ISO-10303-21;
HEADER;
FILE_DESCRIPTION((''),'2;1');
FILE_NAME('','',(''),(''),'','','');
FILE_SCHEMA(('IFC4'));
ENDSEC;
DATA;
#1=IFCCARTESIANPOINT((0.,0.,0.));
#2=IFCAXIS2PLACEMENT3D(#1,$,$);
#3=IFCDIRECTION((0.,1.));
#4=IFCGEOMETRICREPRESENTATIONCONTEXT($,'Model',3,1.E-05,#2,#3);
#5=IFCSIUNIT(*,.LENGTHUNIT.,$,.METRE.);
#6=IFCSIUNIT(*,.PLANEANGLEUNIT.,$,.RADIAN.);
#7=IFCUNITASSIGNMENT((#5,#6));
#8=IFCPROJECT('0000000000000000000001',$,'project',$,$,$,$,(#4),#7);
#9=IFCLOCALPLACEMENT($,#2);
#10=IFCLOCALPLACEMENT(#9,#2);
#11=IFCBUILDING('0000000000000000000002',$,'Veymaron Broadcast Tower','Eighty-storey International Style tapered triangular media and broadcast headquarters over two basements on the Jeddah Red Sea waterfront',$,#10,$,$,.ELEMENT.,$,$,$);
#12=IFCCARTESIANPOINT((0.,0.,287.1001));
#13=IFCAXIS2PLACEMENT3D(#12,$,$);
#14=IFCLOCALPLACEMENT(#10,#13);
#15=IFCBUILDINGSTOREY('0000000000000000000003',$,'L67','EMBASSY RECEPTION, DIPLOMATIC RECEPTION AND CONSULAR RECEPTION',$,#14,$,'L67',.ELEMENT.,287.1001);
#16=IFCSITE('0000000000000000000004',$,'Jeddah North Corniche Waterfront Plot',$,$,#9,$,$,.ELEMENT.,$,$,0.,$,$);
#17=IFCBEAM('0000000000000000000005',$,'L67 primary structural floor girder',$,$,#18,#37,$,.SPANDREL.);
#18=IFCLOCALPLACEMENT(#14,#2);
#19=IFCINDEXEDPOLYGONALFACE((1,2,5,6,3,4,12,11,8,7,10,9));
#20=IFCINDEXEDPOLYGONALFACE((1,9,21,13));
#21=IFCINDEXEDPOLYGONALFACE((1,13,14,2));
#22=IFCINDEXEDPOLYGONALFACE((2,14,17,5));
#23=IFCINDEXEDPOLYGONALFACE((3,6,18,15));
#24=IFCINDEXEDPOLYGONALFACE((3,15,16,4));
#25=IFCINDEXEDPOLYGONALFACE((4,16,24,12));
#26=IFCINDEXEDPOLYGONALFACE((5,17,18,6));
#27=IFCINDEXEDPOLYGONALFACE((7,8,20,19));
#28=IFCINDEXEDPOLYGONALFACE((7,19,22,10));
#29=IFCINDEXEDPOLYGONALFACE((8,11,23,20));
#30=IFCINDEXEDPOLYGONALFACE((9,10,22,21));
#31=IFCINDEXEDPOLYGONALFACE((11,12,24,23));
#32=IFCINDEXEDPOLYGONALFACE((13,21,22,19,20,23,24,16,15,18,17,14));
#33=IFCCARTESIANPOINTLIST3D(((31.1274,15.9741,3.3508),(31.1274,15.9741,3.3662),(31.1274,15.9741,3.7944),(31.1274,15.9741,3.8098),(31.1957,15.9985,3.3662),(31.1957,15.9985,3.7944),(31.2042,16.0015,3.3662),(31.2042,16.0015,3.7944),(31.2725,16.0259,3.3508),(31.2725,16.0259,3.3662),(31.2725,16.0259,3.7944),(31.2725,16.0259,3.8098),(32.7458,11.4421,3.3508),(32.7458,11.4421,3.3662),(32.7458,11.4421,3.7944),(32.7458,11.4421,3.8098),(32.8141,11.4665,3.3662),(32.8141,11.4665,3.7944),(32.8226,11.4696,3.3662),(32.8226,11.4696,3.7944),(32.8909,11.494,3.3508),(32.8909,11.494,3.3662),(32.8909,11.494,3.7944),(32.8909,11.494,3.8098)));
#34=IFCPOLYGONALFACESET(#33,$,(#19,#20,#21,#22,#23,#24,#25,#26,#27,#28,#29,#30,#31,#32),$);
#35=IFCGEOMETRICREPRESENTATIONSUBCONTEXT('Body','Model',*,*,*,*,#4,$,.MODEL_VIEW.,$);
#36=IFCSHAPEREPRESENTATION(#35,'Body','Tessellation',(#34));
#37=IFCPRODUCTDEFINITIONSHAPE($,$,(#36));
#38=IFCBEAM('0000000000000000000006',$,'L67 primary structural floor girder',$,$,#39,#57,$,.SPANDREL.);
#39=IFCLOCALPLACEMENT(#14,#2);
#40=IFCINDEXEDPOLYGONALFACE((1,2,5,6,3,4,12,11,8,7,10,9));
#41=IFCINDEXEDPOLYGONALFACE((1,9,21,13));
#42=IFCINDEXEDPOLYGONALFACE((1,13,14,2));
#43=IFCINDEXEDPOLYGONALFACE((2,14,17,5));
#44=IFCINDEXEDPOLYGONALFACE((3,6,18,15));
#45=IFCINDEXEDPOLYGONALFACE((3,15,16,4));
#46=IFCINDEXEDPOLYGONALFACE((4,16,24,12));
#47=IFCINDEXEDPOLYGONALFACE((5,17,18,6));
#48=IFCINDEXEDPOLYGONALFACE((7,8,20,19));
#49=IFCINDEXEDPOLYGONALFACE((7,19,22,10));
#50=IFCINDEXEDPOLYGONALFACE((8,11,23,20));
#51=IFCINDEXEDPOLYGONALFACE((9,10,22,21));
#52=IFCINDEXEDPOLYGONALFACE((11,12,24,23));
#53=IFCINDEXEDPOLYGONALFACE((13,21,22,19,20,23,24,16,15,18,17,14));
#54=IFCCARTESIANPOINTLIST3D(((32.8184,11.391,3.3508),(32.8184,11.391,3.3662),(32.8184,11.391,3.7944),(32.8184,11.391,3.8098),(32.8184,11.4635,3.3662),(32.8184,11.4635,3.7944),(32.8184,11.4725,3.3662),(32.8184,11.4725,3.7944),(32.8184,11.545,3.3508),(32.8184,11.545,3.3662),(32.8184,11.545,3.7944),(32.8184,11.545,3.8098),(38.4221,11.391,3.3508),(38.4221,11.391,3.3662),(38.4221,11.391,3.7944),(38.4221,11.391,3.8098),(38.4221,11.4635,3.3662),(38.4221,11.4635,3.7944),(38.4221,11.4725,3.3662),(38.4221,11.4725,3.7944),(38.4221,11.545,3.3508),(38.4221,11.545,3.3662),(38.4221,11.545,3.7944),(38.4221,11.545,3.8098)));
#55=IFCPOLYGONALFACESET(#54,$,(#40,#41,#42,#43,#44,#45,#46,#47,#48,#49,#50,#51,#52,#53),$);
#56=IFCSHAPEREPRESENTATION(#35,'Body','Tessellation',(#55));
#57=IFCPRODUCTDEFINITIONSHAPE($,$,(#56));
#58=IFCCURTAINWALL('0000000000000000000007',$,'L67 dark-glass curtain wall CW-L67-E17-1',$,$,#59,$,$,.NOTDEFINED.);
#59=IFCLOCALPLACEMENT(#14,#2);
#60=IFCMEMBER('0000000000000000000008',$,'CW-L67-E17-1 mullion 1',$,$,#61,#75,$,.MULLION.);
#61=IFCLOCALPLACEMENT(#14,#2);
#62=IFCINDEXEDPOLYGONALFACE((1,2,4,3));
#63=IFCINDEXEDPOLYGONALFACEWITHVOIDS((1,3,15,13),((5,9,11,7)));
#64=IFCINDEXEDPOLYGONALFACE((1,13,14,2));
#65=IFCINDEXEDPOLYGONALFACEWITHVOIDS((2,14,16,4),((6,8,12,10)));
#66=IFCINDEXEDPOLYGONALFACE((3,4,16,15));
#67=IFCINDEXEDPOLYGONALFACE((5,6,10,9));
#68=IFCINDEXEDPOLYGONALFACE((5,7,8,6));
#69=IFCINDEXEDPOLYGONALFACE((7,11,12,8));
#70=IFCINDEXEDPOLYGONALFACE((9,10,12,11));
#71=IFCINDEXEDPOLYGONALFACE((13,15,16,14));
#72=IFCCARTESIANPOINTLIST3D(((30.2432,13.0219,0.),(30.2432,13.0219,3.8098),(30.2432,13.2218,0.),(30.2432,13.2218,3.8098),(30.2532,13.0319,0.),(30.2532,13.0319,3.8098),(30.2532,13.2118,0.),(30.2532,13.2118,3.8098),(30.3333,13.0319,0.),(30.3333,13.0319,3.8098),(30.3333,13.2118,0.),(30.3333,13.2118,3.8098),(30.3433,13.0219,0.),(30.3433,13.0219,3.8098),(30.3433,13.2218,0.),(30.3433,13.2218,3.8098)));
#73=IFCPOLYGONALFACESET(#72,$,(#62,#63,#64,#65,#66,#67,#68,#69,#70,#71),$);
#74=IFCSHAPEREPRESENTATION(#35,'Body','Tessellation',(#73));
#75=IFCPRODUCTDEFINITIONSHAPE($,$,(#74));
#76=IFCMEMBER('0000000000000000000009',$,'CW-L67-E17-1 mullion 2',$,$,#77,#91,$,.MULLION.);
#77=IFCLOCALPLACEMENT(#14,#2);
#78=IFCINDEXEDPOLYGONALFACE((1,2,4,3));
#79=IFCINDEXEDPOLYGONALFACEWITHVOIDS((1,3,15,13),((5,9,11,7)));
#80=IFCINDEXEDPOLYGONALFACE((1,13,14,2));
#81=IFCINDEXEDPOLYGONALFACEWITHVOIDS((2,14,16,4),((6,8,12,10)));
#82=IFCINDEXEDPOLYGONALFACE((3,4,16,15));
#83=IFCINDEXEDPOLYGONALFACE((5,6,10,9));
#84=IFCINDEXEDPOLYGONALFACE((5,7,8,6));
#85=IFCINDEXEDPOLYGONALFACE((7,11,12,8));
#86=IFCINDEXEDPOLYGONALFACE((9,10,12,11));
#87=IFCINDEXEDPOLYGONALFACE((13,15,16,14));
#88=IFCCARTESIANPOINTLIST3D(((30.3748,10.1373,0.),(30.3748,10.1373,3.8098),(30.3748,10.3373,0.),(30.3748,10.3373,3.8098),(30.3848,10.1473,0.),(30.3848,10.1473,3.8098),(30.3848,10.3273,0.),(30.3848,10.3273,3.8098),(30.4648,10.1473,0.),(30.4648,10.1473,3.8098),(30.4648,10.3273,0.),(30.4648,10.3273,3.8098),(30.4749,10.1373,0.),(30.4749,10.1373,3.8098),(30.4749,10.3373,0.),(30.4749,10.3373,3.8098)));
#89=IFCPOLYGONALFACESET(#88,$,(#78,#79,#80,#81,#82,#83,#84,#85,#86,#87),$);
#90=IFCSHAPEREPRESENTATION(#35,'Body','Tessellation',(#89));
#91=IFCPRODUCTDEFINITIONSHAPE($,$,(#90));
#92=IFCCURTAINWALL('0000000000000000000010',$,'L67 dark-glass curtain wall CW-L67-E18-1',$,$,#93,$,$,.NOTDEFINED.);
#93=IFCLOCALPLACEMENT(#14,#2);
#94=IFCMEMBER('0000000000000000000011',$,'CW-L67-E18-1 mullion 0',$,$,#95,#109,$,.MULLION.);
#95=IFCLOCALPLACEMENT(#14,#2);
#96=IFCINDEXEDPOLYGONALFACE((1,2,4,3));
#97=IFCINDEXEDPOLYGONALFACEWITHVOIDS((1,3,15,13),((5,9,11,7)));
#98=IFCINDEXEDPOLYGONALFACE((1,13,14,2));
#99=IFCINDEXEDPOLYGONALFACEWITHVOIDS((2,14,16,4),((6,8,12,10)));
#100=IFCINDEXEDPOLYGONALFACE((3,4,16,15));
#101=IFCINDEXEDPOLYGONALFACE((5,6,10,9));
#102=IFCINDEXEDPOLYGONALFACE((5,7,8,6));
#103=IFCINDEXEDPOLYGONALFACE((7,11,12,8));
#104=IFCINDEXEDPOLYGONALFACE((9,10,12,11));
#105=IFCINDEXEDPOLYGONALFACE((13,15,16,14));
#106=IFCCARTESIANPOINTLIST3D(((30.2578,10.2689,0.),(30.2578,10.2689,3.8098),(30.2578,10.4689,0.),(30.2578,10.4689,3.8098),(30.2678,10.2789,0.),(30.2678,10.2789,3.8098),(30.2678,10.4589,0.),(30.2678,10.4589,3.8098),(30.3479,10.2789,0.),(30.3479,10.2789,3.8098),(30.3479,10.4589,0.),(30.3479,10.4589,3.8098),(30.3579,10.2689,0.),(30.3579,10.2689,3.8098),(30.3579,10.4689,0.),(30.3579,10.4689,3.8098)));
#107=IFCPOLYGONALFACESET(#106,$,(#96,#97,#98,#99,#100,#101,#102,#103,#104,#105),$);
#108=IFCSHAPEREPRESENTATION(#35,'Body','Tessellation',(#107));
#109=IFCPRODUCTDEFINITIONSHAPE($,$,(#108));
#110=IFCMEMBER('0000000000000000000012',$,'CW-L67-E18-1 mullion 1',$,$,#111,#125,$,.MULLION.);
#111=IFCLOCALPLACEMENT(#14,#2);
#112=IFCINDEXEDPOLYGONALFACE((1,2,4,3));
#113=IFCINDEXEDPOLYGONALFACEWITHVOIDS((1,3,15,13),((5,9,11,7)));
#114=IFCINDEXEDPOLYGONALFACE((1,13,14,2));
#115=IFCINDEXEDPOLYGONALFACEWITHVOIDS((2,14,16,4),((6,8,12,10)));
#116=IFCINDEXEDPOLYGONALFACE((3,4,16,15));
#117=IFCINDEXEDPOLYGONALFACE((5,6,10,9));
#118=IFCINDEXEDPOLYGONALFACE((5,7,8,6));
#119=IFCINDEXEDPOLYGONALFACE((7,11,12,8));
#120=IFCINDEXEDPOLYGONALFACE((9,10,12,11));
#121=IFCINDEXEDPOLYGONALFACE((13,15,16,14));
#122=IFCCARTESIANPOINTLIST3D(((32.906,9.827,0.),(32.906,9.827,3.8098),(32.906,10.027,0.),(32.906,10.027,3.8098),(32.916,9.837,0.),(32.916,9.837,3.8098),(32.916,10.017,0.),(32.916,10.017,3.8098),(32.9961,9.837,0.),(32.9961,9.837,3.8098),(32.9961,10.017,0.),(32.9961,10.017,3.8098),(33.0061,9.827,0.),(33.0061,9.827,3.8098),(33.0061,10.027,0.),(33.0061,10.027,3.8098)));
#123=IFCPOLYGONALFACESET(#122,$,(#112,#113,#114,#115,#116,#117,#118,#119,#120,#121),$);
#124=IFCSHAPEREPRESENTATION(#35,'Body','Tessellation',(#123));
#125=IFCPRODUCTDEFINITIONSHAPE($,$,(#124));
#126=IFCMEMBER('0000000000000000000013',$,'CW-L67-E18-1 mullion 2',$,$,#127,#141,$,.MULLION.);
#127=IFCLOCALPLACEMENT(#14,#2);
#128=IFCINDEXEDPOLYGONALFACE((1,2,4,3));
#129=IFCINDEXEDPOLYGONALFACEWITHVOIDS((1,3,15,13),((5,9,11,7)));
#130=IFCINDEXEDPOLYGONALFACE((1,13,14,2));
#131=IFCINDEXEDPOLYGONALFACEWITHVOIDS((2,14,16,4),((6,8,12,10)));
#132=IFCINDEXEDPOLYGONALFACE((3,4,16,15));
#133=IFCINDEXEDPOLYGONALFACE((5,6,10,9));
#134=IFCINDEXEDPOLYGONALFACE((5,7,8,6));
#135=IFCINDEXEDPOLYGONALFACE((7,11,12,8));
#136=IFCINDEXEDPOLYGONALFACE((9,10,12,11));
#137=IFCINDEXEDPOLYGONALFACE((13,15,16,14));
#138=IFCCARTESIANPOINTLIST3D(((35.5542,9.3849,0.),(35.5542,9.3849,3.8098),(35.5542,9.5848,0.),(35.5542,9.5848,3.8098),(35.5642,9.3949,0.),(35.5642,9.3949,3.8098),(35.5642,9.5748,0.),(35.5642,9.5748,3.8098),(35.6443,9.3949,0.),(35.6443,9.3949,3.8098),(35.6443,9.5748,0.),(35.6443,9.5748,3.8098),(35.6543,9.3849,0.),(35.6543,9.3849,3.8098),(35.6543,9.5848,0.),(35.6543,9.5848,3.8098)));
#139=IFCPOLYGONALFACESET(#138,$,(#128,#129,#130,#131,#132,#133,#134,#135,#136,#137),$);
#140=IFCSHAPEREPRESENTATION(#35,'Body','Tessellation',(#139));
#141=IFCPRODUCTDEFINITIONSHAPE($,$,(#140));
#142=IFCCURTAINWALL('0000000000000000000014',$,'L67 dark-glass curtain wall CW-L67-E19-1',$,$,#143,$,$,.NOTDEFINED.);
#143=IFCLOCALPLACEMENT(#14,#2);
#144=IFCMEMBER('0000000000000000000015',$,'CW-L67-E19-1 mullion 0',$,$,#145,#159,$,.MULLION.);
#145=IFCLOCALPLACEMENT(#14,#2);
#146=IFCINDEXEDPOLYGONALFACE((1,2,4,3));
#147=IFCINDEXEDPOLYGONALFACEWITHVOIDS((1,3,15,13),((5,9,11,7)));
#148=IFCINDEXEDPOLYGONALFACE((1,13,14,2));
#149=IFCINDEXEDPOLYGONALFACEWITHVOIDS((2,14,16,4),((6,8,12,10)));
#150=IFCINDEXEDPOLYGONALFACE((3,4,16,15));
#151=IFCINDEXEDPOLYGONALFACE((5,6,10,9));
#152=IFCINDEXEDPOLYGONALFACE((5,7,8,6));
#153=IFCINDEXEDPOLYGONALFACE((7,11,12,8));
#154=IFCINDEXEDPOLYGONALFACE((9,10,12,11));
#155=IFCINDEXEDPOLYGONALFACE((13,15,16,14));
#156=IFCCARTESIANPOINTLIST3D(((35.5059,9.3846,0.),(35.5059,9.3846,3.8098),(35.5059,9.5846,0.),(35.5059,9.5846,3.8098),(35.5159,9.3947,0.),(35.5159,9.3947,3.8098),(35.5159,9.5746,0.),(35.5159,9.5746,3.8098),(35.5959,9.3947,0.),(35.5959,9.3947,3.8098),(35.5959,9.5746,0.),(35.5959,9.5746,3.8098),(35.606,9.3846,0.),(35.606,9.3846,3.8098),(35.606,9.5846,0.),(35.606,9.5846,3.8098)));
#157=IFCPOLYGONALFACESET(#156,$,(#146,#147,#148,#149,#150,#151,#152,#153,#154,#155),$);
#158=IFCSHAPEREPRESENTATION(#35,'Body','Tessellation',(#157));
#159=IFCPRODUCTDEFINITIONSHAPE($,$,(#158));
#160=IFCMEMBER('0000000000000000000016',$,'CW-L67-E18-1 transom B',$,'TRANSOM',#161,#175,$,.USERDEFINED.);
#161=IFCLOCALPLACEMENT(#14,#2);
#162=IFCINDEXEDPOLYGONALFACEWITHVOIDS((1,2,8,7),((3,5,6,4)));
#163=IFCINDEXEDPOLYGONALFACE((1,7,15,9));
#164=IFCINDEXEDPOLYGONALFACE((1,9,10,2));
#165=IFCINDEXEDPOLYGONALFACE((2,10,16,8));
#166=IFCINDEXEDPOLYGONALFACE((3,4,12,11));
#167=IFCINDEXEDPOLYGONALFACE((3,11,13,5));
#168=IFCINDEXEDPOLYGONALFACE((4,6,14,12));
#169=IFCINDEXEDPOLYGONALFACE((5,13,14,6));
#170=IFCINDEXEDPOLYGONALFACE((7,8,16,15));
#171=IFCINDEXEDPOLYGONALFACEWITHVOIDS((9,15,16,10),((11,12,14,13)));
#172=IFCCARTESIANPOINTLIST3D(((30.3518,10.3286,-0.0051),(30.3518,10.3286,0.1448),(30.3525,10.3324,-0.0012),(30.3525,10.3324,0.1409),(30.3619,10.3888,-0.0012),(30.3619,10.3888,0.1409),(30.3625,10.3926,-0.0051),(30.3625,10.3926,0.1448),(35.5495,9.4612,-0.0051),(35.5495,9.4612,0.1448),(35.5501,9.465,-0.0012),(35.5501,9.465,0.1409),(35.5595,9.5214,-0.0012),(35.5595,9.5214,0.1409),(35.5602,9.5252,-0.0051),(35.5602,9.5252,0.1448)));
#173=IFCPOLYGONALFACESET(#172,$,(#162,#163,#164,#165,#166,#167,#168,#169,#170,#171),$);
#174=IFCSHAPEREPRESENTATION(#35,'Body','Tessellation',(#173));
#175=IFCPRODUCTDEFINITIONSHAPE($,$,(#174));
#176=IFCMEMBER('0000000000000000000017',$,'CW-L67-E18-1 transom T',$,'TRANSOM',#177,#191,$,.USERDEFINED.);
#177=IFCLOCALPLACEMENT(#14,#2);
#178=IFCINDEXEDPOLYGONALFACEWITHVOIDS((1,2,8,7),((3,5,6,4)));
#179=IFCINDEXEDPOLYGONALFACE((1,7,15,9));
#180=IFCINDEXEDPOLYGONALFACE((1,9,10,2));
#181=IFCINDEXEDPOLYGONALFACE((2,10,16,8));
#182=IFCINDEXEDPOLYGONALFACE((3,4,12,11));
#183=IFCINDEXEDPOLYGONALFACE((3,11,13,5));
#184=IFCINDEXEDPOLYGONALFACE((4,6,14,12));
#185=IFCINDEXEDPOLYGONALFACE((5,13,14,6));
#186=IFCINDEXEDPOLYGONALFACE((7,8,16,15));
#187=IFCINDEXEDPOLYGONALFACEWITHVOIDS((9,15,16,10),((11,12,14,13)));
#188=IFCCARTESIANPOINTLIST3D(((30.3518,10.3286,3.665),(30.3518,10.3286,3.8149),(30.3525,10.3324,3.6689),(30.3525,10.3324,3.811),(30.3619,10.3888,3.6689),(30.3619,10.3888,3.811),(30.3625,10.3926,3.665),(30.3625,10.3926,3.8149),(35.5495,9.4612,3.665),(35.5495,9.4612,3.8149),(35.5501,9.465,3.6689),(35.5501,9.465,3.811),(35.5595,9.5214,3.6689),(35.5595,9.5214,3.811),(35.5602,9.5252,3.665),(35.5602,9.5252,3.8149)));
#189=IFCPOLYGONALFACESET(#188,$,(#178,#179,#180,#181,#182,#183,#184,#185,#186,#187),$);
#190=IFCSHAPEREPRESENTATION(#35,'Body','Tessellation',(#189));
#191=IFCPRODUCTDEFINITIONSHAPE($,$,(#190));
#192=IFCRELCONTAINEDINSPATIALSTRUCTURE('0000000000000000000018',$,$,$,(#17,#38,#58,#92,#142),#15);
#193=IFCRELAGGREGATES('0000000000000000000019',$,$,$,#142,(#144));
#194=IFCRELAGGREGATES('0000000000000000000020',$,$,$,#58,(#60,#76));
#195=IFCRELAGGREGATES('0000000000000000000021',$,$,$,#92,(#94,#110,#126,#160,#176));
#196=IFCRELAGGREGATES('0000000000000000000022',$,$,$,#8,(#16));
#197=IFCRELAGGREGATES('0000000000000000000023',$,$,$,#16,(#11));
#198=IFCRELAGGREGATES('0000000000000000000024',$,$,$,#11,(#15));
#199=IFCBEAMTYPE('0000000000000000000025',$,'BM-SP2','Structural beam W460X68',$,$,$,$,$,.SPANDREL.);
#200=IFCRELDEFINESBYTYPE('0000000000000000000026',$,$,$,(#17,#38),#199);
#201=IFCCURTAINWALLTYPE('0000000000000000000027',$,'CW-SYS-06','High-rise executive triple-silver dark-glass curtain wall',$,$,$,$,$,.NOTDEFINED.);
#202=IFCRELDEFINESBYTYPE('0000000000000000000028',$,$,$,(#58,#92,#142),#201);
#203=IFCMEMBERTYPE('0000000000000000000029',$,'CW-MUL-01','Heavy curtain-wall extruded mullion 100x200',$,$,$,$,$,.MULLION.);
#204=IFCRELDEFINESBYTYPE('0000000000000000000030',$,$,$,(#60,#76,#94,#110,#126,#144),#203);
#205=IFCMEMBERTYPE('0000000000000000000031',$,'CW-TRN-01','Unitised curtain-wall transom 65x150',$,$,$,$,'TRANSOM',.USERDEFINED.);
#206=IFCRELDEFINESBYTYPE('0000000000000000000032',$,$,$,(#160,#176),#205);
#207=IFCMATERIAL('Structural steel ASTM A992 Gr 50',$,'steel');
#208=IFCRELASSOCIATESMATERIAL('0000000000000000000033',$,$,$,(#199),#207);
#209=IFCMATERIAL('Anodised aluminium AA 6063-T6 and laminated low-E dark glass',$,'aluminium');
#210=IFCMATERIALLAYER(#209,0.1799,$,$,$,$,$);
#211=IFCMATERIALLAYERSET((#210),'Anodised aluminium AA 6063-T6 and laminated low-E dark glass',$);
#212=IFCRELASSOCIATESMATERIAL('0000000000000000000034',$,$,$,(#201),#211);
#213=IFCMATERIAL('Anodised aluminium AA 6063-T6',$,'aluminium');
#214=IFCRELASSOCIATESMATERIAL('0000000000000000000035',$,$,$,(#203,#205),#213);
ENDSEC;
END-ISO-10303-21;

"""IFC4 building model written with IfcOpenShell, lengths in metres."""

from ifc_helpers import new_model, si_unit, direction, frame, origin, origin_2d, place, context, subcontext, project, spatial, hollow_rectangle, i_section, extrude, material, layer, layer_set, material_profile, profile_set, type_object, element, aggregate, save


model = new_model("IFC4")

# Units and contexts
model_context = context("Model", 3, precision=1e-05, world=origin(), true_north=direction((0.0, 1.0)))
body_context = subcontext(model_context, "Body", "Model", "MODEL_VIEW")
ifc_project = project(units=[si_unit("LENGTHUNIT", "METRE"), si_unit("PLANEANGLEUNIT", "RADIAN")], contexts=[model_context])

# Site, building, storey
site_placement = place(None, origin())
site = spatial("IfcSite", under=ifc_project, at=site_placement, Name="Jeddah North Corniche Waterfront Plot", CompositionType="ELEMENT", RefElevation=0.0)
building_placement = place(site_placement, origin())
building = spatial("IfcBuilding", under=site, at=building_placement, Name="Veymaron Broadcast Tower", Description="Eighty-storey International Style tapered triangular media and broadcast headquarters over two basements on the Jeddah Red Sea waterfront", CompositionType="ELEMENT")
storey_placement = place(building_placement, frame((0.0, 0.0, 287.1001)))
storey = spatial("IfcBuildingStorey", under=building, at=storey_placement, Name="L67", Description="EMBASSY RECEPTION, DIPLOMATIC RECEPTION AND CONSULAR RECEPTION", LongName="L67", CompositionType="ELEMENT", Elevation=287.1001)

# Shared definitions
ifc_material_1 = material(Name="Structural steel ASTM A992 Gr 50", Category="steel")

# Beams
ifc_material_profile_1 = material_profile(ifc_material_1, i_section(OverallWidth=0.1541, OverallDepth=0.459, WebThickness=0.009, FlangeThickness=0.0154, at=origin_2d()), Name="W460X68")
ifc_profile_set_1 = profile_set([ifc_material_profile_1], Name="Structural steel ASTM A992 Gr 50")
beam_type_1 = type_object("IfcBeamType", Name="BM-SP2", Description="Structural beam W460X68", PredefinedType="SPANDREL", material=ifc_profile_set_1)
beam_1_placement = place(storey_placement, frame((31.2, 16.0, 3.5803), z_axis=(0.336307, -0.941752, 0.0), x_axis=(0.941752, 0.336307, 0.0)))
element("IfcBeam", 1, at=beam_1_placement, inside=storey, type_object=beam_type_1, Name="L67 primary structural floor girder", PredefinedType="SPANDREL", context=body_context, shape_type="SweptSolid", body=[
    extrude(i_section(OverallWidth=0.1541, OverallDepth=0.459, WebThickness=0.009, FlangeThickness=0.0154, at=origin_2d()), origin(), (0.0, 0.0, 1.0), 4.8123),
])
beam_2_placement = place(storey_placement, frame((32.8184, 11.468, 3.5803), z_axis=(1.0, 0.0, 0.0), x_axis=(0.0, 1.0, 0.0)))
element("IfcBeam", 2, at=beam_2_placement, inside=storey, type_object=beam_type_1, Name="L67 primary structural floor girder", PredefinedType="SPANDREL", context=body_context, shape_type="SweptSolid", body=[
    extrude(i_section(OverallWidth=0.1541, OverallDepth=0.459, WebThickness=0.009, FlangeThickness=0.0154, at=origin_2d()), origin(), (0.0, 0.0, 1.0), 5.6038),
])

# Curtain walls, members
ifc_material_2 = material(Name="Anodised aluminium AA 6063-T6 and laminated low-E dark glass", Category="aluminium")
ifc_layer_1 = layer(ifc_material_2, 0.1799)
ifc_layer_set_1 = layer_set([ifc_layer_1], Name="Anodised aluminium AA 6063-T6 and laminated low-E dark glass")
curtain_wall_type = type_object("IfcCurtainWallType", Name="CW-SYS-06", Description="High-rise executive triple-silver dark-glass curtain wall", PredefinedType="NOTDEFINED", material=ifc_layer_set_1)
curtain_wall_1_placement = place(storey_placement, origin())
curtain_wall_1 = element("IfcCurtainWall", 3, at=curtain_wall_1_placement, inside=storey, type_object=curtain_wall_type, Name="L67 dark-glass curtain wall CW-L67-E17-1", PredefinedType="NOTDEFINED")
ifc_material_3 = material(Name="Anodised aluminium AA 6063-T6", Category="aluminium")
ifc_material_profile_2 = material_profile(ifc_material_3, hollow_rectangle(XDim=0.1001, YDim=0.2, WallThickness=0.01, at=origin_2d()), Name="RHS200X100X10")
ifc_profile_set_2 = profile_set([ifc_material_profile_2], Name="Anodised aluminium AA 6063-T6")
member_type_1 = type_object("IfcMemberType", Name="CW-MUL-01", Description="Heavy curtain-wall extruded mullion 100x200", PredefinedType="MULLION", material=ifc_profile_set_2)
member_1_placement = place(storey_placement, frame((30.2932, 13.1218, 0.0), z_axis=(0.0, 0.0, 1.0), x_axis=(1.0, 0.0, 0.0)))
member_1 = element("IfcMember", 4, at=member_1_placement, type_object=member_type_1, Name="CW-L67-E17-1 mullion 1", PredefinedType="MULLION", context=body_context, shape_type="SweptSolid", body=[
    extrude(hollow_rectangle(XDim=0.1001, YDim=0.2, WallThickness=0.01, at=origin_2d()), origin(), (0.0, 0.0, 1.0), 3.8098),
])
member_2_placement = place(storey_placement, frame((30.4248, 10.2373, 0.0), z_axis=(0.0, 0.0, 1.0), x_axis=(1.0, 0.0, 0.0)))
member_2 = element("IfcMember", 5, at=member_2_placement, type_object=member_type_1, Name="CW-L67-E17-1 mullion 2", PredefinedType="MULLION", context=body_context, shape_type="SweptSolid", body=[
    extrude(hollow_rectangle(XDim=0.1001, YDim=0.2, WallThickness=0.01, at=origin_2d()), origin(), (0.0, 0.0, 1.0), 3.8098),
])
curtain_wall_2_placement = place(storey_placement, origin())
curtain_wall_2 = element("IfcCurtainWall", 6, at=curtain_wall_2_placement, inside=storey, type_object=curtain_wall_type, Name="L67 dark-glass curtain wall CW-L67-E18-1", PredefinedType="NOTDEFINED")
member_3_placement = place(storey_placement, frame((30.3079, 10.3689, 0.0), z_axis=(0.0, 0.0, 1.0), x_axis=(1.0, 0.0, 0.0)))
member_3 = element("IfcMember", 7, at=member_3_placement, type_object=member_type_1, Name="CW-L67-E18-1 mullion 0", PredefinedType="MULLION", context=body_context, shape_type="SweptSolid", body=[
    extrude(hollow_rectangle(XDim=0.1001, YDim=0.2, WallThickness=0.01, at=origin_2d()), origin(), (0.0, 0.0, 1.0), 3.8098),
])
member_4_placement = place(storey_placement, frame((32.9561, 9.927, 0.0), z_axis=(0.0, 0.0, 1.0), x_axis=(1.0, 0.0, 0.0)))
member_4 = element("IfcMember", 8, at=member_4_placement, type_object=member_type_1, Name="CW-L67-E18-1 mullion 1", PredefinedType="MULLION", context=body_context, shape_type="SweptSolid", body=[
    extrude(hollow_rectangle(XDim=0.1001, YDim=0.2, WallThickness=0.01, at=origin_2d()), origin(), (0.0, 0.0, 1.0), 3.8098),
])
member_5_placement = place(storey_placement, frame((35.6042, 9.4849, 0.0), z_axis=(0.0, 0.0, 1.0), x_axis=(1.0, 0.0, 0.0)))
member_5 = element("IfcMember", 9, at=member_5_placement, type_object=member_type_1, Name="CW-L67-E18-1 mullion 2", PredefinedType="MULLION", context=body_context, shape_type="SweptSolid", body=[
    extrude(hollow_rectangle(XDim=0.1001, YDim=0.2, WallThickness=0.01, at=origin_2d()), origin(), (0.0, 0.0, 1.0), 3.8098),
])

# Curtain wall, member
curtain_wall_3_placement = place(storey_placement, origin())
curtain_wall_3 = element("IfcCurtainWall", 10, at=curtain_wall_3_placement, inside=storey, type_object=curtain_wall_type, Name="L67 dark-glass curtain wall CW-L67-E19-1", PredefinedType="NOTDEFINED")
member_6_placement = place(storey_placement, frame((35.5559, 9.4846, 0.0), z_axis=(0.0, 0.0, 1.0), x_axis=(1.0, 0.0, 0.0)))
member_6 = element("IfcMember", 11, at=member_6_placement, type_object=member_type_1, Name="CW-L67-E19-1 mullion 0", PredefinedType="MULLION", context=body_context, shape_type="SweptSolid", body=[
    extrude(hollow_rectangle(XDim=0.1001, YDim=0.2, WallThickness=0.01, at=origin_2d()), origin(), (0.0, 0.0, 1.0), 3.8098),
])

# Members
ifc_material_profile_3 = material_profile(ifc_material_3, hollow_rectangle(XDim=0.0649, YDim=0.1499, WallThickness=0.0039, at=origin_2d()), Name="AL150X65X4")
ifc_profile_set_3 = profile_set([ifc_material_profile_3], Name="Anodised aluminium AA 6063-T6")
member_type_2 = type_object("IfcMemberType", Name="CW-TRN-01", Description="Unitised curtain-wall transom 65x150", ElementType="TRANSOM", PredefinedType="USERDEFINED", material=ifc_profile_set_3)
member_7_placement = place(storey_placement, frame((30.3572, 10.3606, 0.0698), z_axis=(0.986359, -0.164609, 0.0), x_axis=(0.164609, 0.986359, 0.0)))
member_7 = element("IfcMember", 12, at=member_7_placement, type_object=member_type_2, Name="CW-L67-E18-1 transom B", ObjectType="TRANSOM", PredefinedType="USERDEFINED", context=body_context, shape_type="SweptSolid", body=[
    extrude(hollow_rectangle(XDim=0.0649, YDim=0.1499, WallThickness=0.0039, at=origin_2d()), origin(), (0.0, 0.0, 1.0), 5.2695),
])
member_8_placement = place(storey_placement, frame((30.3572, 10.3606, 3.74), z_axis=(0.986359, -0.164609, 0.0), x_axis=(0.164609, 0.986359, 0.0)))
member_8 = element("IfcMember", 13, at=member_8_placement, type_object=member_type_2, Name="CW-L67-E18-1 transom T", ObjectType="TRANSOM", PredefinedType="USERDEFINED", context=body_context, shape_type="SweptSolid", body=[
    extrude(hollow_rectangle(XDim=0.0649, YDim=0.1499, WallThickness=0.0039, at=origin_2d()), origin(), (0.0, 0.0, 1.0), 5.2695),
])
aggregate(curtain_wall_3, [member_6])

aggregate(curtain_wall_1, [member_1, member_2])
aggregate(curtain_wall_2, [member_3, member_4, member_5, member_7, member_8])

save(model, "model.ifc")
